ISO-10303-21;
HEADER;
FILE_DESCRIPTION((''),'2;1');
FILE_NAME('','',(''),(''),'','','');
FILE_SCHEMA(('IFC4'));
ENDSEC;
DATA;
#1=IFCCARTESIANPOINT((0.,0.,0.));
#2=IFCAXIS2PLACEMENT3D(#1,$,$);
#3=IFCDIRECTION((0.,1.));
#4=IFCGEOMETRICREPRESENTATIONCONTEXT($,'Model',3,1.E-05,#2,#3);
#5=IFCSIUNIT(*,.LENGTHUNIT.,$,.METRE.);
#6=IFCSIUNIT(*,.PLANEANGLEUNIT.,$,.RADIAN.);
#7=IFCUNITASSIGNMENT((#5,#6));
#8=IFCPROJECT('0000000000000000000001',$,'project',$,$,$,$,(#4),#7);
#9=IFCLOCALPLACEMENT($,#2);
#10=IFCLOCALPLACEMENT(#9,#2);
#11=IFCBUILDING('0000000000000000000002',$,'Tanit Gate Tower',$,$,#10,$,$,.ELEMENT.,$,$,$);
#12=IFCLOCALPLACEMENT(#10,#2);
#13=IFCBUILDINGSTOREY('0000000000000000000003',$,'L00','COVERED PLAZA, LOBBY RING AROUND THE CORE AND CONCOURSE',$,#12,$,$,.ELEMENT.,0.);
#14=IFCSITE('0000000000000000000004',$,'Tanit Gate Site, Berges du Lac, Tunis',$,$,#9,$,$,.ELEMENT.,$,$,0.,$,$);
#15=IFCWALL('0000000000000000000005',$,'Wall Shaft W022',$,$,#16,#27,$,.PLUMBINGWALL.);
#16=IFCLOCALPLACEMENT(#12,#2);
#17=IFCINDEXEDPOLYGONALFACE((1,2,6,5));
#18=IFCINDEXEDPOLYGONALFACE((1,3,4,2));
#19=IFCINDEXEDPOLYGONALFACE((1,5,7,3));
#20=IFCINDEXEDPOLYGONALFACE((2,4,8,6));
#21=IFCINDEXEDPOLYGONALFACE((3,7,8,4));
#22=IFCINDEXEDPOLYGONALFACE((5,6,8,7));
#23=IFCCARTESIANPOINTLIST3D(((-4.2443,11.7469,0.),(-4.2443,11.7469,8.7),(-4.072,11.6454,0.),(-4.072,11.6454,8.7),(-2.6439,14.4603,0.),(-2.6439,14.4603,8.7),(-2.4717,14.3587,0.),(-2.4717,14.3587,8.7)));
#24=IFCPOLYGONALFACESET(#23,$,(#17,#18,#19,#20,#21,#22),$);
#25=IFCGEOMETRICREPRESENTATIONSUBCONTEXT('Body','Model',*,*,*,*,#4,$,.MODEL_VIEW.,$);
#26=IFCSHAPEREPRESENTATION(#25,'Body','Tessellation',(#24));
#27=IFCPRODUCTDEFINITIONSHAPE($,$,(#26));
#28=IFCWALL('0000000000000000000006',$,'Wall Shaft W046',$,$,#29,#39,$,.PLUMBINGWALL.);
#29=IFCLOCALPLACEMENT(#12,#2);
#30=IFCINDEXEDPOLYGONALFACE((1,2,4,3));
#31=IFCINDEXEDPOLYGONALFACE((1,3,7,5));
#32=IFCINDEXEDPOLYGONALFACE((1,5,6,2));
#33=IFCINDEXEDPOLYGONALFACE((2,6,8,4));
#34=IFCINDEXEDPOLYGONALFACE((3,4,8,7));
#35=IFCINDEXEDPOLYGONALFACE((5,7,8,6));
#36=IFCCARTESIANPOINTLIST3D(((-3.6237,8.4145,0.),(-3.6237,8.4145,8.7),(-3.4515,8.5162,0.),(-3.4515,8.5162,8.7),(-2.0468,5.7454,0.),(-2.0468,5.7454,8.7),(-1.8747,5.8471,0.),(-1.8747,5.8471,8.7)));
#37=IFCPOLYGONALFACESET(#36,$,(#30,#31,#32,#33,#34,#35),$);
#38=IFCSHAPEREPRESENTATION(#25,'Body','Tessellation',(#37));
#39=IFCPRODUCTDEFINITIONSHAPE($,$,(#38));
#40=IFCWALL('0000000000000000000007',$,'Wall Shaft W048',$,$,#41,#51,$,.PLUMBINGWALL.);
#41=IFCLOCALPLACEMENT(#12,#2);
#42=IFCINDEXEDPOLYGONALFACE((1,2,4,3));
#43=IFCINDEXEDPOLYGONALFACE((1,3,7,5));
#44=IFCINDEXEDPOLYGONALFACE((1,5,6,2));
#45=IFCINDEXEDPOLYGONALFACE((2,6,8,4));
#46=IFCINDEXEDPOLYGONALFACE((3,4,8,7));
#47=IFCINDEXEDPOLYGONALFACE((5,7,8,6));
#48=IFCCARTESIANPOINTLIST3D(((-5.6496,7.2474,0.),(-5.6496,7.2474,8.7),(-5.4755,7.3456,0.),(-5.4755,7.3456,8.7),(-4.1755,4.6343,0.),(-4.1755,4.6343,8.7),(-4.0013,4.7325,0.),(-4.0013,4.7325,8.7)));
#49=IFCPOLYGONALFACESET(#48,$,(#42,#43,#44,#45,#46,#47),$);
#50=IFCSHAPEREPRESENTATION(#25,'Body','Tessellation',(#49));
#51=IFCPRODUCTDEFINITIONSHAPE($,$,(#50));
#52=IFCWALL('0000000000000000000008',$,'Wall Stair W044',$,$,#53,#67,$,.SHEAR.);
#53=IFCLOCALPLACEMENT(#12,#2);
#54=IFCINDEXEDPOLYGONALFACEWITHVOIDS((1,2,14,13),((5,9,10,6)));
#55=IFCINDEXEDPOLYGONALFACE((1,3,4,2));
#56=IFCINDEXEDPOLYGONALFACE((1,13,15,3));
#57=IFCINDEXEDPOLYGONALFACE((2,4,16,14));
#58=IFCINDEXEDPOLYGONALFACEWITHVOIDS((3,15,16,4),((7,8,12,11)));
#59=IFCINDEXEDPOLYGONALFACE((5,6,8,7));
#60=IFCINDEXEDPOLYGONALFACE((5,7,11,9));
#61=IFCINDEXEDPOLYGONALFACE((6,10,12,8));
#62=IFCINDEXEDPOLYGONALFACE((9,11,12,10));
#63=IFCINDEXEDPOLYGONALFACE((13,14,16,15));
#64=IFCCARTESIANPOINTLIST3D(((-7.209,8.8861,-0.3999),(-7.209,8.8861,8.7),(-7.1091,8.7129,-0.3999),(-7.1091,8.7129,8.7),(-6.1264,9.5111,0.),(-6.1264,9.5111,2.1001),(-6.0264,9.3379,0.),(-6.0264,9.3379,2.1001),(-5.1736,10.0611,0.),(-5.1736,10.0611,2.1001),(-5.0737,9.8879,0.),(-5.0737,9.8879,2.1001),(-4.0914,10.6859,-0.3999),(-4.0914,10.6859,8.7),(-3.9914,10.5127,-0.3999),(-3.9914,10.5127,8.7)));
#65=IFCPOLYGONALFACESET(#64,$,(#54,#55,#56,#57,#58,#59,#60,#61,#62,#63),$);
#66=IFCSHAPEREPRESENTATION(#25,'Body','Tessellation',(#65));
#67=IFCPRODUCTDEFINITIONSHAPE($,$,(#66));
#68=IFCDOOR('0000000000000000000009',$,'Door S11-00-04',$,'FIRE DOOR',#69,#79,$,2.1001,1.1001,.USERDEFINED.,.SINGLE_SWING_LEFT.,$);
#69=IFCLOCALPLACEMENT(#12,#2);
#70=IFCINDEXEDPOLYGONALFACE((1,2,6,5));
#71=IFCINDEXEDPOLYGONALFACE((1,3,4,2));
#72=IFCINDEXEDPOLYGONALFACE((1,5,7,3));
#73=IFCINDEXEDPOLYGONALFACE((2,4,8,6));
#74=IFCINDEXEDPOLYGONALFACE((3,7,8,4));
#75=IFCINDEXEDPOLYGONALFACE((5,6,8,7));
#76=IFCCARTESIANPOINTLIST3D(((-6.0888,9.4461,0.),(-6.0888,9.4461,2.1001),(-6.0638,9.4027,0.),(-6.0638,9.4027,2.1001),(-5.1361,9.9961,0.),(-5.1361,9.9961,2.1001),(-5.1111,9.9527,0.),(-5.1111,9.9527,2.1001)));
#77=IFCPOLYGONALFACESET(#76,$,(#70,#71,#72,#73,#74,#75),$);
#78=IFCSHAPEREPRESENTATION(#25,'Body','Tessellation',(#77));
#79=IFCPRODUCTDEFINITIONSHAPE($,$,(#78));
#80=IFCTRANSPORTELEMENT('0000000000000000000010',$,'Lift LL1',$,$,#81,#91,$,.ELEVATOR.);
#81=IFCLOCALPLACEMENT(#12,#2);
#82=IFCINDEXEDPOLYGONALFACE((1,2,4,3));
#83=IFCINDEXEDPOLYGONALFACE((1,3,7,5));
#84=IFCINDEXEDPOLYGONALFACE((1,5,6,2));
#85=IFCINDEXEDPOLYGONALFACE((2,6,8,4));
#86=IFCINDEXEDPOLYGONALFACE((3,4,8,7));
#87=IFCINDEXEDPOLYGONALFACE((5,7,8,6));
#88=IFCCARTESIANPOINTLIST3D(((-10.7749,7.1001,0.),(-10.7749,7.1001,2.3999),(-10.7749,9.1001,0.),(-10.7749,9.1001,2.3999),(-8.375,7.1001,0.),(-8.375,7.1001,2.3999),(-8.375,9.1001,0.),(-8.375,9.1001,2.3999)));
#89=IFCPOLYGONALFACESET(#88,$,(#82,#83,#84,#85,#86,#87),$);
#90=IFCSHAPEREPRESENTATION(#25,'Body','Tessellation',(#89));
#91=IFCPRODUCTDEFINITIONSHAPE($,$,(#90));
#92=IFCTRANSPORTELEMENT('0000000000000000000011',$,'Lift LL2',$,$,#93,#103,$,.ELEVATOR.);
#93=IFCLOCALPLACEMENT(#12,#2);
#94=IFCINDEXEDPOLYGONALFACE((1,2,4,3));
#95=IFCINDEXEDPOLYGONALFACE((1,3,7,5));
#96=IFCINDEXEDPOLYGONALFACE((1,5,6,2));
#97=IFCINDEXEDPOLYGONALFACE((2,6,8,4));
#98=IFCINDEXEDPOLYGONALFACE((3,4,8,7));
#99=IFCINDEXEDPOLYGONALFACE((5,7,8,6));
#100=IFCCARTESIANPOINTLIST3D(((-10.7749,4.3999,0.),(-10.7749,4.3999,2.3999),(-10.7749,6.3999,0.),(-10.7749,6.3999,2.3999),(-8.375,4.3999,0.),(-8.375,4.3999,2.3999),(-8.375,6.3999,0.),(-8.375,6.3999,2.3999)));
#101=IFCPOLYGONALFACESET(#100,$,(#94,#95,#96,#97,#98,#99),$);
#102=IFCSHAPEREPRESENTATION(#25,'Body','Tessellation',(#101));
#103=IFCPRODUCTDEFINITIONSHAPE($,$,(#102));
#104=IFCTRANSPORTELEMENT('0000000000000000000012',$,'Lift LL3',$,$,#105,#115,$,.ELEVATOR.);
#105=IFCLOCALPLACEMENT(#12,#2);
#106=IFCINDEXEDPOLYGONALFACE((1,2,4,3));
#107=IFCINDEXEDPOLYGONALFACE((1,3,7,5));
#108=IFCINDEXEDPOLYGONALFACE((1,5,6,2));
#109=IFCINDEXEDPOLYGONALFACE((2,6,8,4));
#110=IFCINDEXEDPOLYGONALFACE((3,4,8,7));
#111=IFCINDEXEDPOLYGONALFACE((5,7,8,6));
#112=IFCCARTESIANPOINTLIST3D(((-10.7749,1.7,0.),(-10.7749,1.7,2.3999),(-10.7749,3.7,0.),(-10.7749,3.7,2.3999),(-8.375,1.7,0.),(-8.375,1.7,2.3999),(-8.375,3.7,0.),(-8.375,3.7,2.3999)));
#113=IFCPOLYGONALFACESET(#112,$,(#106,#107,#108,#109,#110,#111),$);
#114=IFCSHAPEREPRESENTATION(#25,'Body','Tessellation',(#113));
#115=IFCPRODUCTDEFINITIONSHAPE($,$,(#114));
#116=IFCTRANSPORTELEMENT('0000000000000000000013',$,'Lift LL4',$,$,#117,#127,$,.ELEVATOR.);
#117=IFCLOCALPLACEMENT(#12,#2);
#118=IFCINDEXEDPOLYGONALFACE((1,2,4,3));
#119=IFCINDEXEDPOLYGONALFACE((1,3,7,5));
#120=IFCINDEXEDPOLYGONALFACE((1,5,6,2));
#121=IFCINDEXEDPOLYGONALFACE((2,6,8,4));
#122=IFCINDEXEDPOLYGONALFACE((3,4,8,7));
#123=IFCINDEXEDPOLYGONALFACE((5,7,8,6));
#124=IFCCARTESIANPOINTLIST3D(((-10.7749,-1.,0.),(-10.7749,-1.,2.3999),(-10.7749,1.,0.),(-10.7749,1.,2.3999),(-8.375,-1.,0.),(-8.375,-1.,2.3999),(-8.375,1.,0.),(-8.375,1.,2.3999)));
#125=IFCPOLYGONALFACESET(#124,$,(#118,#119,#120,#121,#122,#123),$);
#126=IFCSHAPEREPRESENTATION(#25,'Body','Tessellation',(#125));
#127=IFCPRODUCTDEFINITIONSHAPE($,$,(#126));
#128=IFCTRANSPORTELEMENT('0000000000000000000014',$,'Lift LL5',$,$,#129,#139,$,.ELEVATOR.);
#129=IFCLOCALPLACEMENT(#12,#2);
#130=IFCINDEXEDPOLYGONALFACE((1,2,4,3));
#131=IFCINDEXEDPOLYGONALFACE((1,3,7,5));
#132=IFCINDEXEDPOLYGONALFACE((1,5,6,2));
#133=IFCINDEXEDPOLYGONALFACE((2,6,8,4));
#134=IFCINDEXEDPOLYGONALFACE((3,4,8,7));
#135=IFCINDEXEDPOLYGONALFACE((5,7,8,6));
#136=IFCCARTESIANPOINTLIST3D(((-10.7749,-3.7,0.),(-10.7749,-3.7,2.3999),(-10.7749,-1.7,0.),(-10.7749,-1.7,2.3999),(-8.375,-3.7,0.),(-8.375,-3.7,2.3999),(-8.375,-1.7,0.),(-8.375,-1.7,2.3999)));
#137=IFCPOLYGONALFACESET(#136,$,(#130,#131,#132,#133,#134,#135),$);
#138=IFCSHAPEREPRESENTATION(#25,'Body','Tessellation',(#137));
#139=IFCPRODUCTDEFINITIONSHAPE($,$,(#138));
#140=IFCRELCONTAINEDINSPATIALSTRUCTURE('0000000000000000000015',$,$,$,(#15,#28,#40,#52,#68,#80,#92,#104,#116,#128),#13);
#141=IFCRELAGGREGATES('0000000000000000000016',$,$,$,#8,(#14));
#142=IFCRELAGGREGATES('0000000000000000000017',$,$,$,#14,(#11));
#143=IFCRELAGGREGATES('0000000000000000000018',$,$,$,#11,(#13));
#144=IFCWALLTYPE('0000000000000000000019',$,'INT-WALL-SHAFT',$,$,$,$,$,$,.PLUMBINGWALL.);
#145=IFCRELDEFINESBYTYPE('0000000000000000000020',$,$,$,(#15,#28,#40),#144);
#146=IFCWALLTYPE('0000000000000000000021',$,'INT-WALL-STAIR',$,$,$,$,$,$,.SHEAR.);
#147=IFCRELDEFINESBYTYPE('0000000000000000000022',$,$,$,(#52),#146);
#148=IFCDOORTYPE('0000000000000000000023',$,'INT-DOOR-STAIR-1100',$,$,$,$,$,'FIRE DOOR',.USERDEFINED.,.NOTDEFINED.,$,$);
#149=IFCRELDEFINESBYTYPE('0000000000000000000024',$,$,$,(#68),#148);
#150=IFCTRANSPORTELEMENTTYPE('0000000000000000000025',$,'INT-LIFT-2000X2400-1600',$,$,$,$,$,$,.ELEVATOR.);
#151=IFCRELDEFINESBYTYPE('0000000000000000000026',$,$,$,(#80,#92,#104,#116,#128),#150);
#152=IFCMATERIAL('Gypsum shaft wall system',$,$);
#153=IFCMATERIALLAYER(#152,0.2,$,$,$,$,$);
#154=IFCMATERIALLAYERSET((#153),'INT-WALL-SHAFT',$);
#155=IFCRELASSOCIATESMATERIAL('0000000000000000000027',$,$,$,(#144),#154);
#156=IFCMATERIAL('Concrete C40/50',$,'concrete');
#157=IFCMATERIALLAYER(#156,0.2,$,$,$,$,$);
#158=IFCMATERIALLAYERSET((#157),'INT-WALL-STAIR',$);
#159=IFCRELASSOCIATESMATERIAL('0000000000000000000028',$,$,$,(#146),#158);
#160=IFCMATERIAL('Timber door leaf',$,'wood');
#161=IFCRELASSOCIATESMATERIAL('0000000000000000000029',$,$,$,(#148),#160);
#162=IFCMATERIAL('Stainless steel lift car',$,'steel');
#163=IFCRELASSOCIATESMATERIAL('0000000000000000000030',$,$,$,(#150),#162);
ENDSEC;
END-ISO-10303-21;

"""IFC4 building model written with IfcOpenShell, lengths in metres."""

from ifc_helpers import new_model, si_unit, direction, frame, frame_2d, origin, origin_2d, place, context, subcontext, project, spatial, rectangle, extrude, material, layer, layer_set, type_object, element, fill, save


model = new_model("IFC4")

# Units and contexts
model_context = context("Model", 3, precision=1e-05, world=origin(), true_north=direction((0.0, 1.0)))
body_context = subcontext(model_context, "Body", "Model", "MODEL_VIEW")
ifc_project = project(units=[si_unit("LENGTHUNIT", "METRE"), si_unit("PLANEANGLEUNIT", "RADIAN")], contexts=[model_context])

# Site, building, storey
site_placement = place(None, origin())
site = spatial("IfcSite", under=ifc_project, at=site_placement, Name="Tanit Gate Site, Berges du Lac, Tunis", CompositionType="ELEMENT", RefElevation=0.0)
building_placement = place(site_placement, origin())
building = spatial("IfcBuilding", under=site, at=building_placement, Name="Tanit Gate Tower", CompositionType="ELEMENT")
storey_placement = place(building_placement, origin())
storey = spatial("IfcBuildingStorey", under=building, at=storey_placement, Name="L00", Description="COVERED PLAZA, LOBBY RING AROUND THE CORE AND CONCOURSE", CompositionType="ELEMENT", Elevation=0.0)

# Wall
ifc_material_1 = material(Name="Gypsum shaft wall system")
ifc_layer_1 = layer(ifc_material_1, 0.2)
ifc_layer_set_1 = layer_set([ifc_layer_1], Name="INT-WALL-SHAFT")
wall_type_1 = type_object("IfcWallType", Name="INT-WALL-SHAFT", PredefinedType="PLUMBINGWALL", material=ifc_layer_set_1)
wall_1_placement = place(storey_placement, frame((-4.1582, 11.696, 0.0), z_axis=(0.0, 0.0, 1.0), x_axis=(0.508019, 0.861346, 0.0)))
element("IfcWall", 1, at=wall_1_placement, inside=storey, type_object=wall_type_1, Name="Wall Shaft W022", PredefinedType="PLUMBINGWALL", context=body_context, shape_type="SweptSolid", body=[
    extrude(rectangle(XDim=3.1501, YDim=0.2, at=frame_2d((1.5752, 0.0))), origin(), (0.0, 0.0, 1.0), 8.7),
])

# Walls
wall_2_placement = place(storey_placement, frame((-3.5376, 8.4653, 0.0), z_axis=(0.0, 0.0, 1.0), x_axis=(0.508647, -0.860975, 0.0)))
element("IfcWall", 2, at=wall_2_placement, inside=storey, type_object=wall_type_1, Name="Wall Shaft W046", PredefinedType="PLUMBINGWALL", context=body_context, shape_type="SweptSolid", body=[
    extrude(rectangle(XDim=3.1001, YDim=0.2, at=frame_2d((1.55, 0.0))), origin(), (0.0, 0.0, 1.0), 8.7),
])
wall_3_placement = place(storey_placement, frame((-5.5625, 7.2964, 0.0), z_axis=(0.0, 0.0, 1.0), x_axis=(0.491347, -0.870964, 0.0)))
element("IfcWall", 3, at=wall_3_placement, inside=storey, type_object=wall_type_1, Name="Wall Shaft W048", PredefinedType="PLUMBINGWALL", context=body_context, shape_type="SweptSolid", body=[
    extrude(rectangle(XDim=3.0002, YDim=0.2, at=frame_2d((1.5, 0.0))), origin(), (0.0, 0.0, 1.0), 8.7),
])

# Wall, opening, door
ifc_material_2 = material(Name="Concrete C40/50", Category="concrete")
ifc_layer_2 = layer(ifc_material_2, 0.2)
ifc_layer_set_2 = layer_set([ifc_layer_2], Name="INT-WALL-STAIR")
wall_type_2 = type_object("IfcWallType", Name="INT-WALL-STAIR", PredefinedType="SHEAR", material=ifc_layer_set_2)
wall_4_placement = place(storey_placement, frame((-7.1589, 8.7996, -0.3999), z_axis=(0.0, 0.0, 1.0), x_axis=(0.866048, 0.499961, 0.0)))
wall_4 = element("IfcWall", 4, at=wall_4_placement, inside=storey, type_object=wall_type_2, Name="Wall Stair W044", PredefinedType="SHEAR", context=body_context, shape_type="SweptSolid", body=[
    extrude(rectangle(XDim=3.5999, YDim=0.2, at=frame_2d((1.7998, 0.0))), origin(), (0.0, 0.0, 1.0), 9.0999),
])
opening_1_placement = place(wall_4_placement, frame((1.25, 0.0, 0.3999)))
opening_1 = element("IfcOpeningElement", 5, at=opening_1_placement, cuts=wall_4, PredefinedType="OPENING", context=body_context, shape_type="SweptSolid", body=[
    extrude(rectangle(XDim=1.1001, YDim=2.1001, at=frame_2d((0.55, 1.05))), frame((0.0, 0.1099, 0.0), z_axis=(0.0, -1.0, 0.0), x_axis=(1.0, 0.0, 0.0)), (0.0, 0.0, 1.0), 0.22),
])
ifc_material_3 = material(Name="Timber door leaf", Category="wood")
door_type_1 = type_object("IfcDoorType", Name="INT-DOOR-STAIR-1100", ElementType="FIRE DOOR", OperationType="NOTDEFINED", PredefinedType="USERDEFINED", material=ifc_material_3)
door_1_placement = place(opening_1_placement, origin())
door_1 = element("IfcDoor", 6, at=door_1_placement, inside=storey, type_object=door_type_1, Name="Door S11-00-04", ObjectType="FIRE DOOR", OperationType="SINGLE_SWING_LEFT", OverallHeight=2.1001, OverallWidth=1.1001, PredefinedType="USERDEFINED", context=body_context, shape_type="SweptSolid", body=[
    extrude(rectangle(XDim=1.1001, YDim=2.1001, at=frame_2d((0.55, 1.05))), frame((0.0, 0.0249, 0.0), z_axis=(0.0, -1.0, 0.0), x_axis=(1.0, 0.0, 0.0)), (0.0, 0.0, 1.0), 0.05),
])
fill(opening_1, door_1)

# Transport elements
ifc_material_4 = material(Name="Stainless steel lift car", Category="steel")
transport_element_type = type_object("IfcTransportElementType", Name="INT-LIFT-2000X2400-1600", PredefinedType="ELEVATOR", material=ifc_material_4)
for number, where, z_axis, x_axis, name in (
    (7, (-9.575, 8.1001, 0.0), (0.0, 0.0, 1.0), (0.0, -1.0, 0.0), "Lift LL1"),
    (8, (-9.575, 5.3999, 0.0), (0.0, 0.0, 1.0), (0.0, -1.0, 0.0), "Lift LL2"),
    (9, (-9.575, 2.7, 0.0), (0.0, 0.0, 1.0), (0.0, -1.0, 0.0), "Lift LL3"),
    (10, (-9.575, 0.0, 0.0), (0.0, 0.0, 1.0), (0.0, -1.0, 0.0), "Lift LL4"),
    (11, (-9.575, -2.7, 0.0), (0.0, 0.0, 1.0), (0.0, -1.0, 0.0), "Lift LL5"),
):
    element("IfcTransportElement", number, at=place(storey_placement, frame(where, z_axis=z_axis, x_axis=x_axis)), inside=storey, type_object=transport_element_type, Name=name, PredefinedType="ELEVATOR", context=body_context, shape_type="SweptSolid", body=[
        extrude(rectangle(XDim=2.0, YDim=2.3999, at=origin_2d()), origin(), (0.0, 0.0, 1.0), 2.3999),
    ])

save(model, "model.ifc")
